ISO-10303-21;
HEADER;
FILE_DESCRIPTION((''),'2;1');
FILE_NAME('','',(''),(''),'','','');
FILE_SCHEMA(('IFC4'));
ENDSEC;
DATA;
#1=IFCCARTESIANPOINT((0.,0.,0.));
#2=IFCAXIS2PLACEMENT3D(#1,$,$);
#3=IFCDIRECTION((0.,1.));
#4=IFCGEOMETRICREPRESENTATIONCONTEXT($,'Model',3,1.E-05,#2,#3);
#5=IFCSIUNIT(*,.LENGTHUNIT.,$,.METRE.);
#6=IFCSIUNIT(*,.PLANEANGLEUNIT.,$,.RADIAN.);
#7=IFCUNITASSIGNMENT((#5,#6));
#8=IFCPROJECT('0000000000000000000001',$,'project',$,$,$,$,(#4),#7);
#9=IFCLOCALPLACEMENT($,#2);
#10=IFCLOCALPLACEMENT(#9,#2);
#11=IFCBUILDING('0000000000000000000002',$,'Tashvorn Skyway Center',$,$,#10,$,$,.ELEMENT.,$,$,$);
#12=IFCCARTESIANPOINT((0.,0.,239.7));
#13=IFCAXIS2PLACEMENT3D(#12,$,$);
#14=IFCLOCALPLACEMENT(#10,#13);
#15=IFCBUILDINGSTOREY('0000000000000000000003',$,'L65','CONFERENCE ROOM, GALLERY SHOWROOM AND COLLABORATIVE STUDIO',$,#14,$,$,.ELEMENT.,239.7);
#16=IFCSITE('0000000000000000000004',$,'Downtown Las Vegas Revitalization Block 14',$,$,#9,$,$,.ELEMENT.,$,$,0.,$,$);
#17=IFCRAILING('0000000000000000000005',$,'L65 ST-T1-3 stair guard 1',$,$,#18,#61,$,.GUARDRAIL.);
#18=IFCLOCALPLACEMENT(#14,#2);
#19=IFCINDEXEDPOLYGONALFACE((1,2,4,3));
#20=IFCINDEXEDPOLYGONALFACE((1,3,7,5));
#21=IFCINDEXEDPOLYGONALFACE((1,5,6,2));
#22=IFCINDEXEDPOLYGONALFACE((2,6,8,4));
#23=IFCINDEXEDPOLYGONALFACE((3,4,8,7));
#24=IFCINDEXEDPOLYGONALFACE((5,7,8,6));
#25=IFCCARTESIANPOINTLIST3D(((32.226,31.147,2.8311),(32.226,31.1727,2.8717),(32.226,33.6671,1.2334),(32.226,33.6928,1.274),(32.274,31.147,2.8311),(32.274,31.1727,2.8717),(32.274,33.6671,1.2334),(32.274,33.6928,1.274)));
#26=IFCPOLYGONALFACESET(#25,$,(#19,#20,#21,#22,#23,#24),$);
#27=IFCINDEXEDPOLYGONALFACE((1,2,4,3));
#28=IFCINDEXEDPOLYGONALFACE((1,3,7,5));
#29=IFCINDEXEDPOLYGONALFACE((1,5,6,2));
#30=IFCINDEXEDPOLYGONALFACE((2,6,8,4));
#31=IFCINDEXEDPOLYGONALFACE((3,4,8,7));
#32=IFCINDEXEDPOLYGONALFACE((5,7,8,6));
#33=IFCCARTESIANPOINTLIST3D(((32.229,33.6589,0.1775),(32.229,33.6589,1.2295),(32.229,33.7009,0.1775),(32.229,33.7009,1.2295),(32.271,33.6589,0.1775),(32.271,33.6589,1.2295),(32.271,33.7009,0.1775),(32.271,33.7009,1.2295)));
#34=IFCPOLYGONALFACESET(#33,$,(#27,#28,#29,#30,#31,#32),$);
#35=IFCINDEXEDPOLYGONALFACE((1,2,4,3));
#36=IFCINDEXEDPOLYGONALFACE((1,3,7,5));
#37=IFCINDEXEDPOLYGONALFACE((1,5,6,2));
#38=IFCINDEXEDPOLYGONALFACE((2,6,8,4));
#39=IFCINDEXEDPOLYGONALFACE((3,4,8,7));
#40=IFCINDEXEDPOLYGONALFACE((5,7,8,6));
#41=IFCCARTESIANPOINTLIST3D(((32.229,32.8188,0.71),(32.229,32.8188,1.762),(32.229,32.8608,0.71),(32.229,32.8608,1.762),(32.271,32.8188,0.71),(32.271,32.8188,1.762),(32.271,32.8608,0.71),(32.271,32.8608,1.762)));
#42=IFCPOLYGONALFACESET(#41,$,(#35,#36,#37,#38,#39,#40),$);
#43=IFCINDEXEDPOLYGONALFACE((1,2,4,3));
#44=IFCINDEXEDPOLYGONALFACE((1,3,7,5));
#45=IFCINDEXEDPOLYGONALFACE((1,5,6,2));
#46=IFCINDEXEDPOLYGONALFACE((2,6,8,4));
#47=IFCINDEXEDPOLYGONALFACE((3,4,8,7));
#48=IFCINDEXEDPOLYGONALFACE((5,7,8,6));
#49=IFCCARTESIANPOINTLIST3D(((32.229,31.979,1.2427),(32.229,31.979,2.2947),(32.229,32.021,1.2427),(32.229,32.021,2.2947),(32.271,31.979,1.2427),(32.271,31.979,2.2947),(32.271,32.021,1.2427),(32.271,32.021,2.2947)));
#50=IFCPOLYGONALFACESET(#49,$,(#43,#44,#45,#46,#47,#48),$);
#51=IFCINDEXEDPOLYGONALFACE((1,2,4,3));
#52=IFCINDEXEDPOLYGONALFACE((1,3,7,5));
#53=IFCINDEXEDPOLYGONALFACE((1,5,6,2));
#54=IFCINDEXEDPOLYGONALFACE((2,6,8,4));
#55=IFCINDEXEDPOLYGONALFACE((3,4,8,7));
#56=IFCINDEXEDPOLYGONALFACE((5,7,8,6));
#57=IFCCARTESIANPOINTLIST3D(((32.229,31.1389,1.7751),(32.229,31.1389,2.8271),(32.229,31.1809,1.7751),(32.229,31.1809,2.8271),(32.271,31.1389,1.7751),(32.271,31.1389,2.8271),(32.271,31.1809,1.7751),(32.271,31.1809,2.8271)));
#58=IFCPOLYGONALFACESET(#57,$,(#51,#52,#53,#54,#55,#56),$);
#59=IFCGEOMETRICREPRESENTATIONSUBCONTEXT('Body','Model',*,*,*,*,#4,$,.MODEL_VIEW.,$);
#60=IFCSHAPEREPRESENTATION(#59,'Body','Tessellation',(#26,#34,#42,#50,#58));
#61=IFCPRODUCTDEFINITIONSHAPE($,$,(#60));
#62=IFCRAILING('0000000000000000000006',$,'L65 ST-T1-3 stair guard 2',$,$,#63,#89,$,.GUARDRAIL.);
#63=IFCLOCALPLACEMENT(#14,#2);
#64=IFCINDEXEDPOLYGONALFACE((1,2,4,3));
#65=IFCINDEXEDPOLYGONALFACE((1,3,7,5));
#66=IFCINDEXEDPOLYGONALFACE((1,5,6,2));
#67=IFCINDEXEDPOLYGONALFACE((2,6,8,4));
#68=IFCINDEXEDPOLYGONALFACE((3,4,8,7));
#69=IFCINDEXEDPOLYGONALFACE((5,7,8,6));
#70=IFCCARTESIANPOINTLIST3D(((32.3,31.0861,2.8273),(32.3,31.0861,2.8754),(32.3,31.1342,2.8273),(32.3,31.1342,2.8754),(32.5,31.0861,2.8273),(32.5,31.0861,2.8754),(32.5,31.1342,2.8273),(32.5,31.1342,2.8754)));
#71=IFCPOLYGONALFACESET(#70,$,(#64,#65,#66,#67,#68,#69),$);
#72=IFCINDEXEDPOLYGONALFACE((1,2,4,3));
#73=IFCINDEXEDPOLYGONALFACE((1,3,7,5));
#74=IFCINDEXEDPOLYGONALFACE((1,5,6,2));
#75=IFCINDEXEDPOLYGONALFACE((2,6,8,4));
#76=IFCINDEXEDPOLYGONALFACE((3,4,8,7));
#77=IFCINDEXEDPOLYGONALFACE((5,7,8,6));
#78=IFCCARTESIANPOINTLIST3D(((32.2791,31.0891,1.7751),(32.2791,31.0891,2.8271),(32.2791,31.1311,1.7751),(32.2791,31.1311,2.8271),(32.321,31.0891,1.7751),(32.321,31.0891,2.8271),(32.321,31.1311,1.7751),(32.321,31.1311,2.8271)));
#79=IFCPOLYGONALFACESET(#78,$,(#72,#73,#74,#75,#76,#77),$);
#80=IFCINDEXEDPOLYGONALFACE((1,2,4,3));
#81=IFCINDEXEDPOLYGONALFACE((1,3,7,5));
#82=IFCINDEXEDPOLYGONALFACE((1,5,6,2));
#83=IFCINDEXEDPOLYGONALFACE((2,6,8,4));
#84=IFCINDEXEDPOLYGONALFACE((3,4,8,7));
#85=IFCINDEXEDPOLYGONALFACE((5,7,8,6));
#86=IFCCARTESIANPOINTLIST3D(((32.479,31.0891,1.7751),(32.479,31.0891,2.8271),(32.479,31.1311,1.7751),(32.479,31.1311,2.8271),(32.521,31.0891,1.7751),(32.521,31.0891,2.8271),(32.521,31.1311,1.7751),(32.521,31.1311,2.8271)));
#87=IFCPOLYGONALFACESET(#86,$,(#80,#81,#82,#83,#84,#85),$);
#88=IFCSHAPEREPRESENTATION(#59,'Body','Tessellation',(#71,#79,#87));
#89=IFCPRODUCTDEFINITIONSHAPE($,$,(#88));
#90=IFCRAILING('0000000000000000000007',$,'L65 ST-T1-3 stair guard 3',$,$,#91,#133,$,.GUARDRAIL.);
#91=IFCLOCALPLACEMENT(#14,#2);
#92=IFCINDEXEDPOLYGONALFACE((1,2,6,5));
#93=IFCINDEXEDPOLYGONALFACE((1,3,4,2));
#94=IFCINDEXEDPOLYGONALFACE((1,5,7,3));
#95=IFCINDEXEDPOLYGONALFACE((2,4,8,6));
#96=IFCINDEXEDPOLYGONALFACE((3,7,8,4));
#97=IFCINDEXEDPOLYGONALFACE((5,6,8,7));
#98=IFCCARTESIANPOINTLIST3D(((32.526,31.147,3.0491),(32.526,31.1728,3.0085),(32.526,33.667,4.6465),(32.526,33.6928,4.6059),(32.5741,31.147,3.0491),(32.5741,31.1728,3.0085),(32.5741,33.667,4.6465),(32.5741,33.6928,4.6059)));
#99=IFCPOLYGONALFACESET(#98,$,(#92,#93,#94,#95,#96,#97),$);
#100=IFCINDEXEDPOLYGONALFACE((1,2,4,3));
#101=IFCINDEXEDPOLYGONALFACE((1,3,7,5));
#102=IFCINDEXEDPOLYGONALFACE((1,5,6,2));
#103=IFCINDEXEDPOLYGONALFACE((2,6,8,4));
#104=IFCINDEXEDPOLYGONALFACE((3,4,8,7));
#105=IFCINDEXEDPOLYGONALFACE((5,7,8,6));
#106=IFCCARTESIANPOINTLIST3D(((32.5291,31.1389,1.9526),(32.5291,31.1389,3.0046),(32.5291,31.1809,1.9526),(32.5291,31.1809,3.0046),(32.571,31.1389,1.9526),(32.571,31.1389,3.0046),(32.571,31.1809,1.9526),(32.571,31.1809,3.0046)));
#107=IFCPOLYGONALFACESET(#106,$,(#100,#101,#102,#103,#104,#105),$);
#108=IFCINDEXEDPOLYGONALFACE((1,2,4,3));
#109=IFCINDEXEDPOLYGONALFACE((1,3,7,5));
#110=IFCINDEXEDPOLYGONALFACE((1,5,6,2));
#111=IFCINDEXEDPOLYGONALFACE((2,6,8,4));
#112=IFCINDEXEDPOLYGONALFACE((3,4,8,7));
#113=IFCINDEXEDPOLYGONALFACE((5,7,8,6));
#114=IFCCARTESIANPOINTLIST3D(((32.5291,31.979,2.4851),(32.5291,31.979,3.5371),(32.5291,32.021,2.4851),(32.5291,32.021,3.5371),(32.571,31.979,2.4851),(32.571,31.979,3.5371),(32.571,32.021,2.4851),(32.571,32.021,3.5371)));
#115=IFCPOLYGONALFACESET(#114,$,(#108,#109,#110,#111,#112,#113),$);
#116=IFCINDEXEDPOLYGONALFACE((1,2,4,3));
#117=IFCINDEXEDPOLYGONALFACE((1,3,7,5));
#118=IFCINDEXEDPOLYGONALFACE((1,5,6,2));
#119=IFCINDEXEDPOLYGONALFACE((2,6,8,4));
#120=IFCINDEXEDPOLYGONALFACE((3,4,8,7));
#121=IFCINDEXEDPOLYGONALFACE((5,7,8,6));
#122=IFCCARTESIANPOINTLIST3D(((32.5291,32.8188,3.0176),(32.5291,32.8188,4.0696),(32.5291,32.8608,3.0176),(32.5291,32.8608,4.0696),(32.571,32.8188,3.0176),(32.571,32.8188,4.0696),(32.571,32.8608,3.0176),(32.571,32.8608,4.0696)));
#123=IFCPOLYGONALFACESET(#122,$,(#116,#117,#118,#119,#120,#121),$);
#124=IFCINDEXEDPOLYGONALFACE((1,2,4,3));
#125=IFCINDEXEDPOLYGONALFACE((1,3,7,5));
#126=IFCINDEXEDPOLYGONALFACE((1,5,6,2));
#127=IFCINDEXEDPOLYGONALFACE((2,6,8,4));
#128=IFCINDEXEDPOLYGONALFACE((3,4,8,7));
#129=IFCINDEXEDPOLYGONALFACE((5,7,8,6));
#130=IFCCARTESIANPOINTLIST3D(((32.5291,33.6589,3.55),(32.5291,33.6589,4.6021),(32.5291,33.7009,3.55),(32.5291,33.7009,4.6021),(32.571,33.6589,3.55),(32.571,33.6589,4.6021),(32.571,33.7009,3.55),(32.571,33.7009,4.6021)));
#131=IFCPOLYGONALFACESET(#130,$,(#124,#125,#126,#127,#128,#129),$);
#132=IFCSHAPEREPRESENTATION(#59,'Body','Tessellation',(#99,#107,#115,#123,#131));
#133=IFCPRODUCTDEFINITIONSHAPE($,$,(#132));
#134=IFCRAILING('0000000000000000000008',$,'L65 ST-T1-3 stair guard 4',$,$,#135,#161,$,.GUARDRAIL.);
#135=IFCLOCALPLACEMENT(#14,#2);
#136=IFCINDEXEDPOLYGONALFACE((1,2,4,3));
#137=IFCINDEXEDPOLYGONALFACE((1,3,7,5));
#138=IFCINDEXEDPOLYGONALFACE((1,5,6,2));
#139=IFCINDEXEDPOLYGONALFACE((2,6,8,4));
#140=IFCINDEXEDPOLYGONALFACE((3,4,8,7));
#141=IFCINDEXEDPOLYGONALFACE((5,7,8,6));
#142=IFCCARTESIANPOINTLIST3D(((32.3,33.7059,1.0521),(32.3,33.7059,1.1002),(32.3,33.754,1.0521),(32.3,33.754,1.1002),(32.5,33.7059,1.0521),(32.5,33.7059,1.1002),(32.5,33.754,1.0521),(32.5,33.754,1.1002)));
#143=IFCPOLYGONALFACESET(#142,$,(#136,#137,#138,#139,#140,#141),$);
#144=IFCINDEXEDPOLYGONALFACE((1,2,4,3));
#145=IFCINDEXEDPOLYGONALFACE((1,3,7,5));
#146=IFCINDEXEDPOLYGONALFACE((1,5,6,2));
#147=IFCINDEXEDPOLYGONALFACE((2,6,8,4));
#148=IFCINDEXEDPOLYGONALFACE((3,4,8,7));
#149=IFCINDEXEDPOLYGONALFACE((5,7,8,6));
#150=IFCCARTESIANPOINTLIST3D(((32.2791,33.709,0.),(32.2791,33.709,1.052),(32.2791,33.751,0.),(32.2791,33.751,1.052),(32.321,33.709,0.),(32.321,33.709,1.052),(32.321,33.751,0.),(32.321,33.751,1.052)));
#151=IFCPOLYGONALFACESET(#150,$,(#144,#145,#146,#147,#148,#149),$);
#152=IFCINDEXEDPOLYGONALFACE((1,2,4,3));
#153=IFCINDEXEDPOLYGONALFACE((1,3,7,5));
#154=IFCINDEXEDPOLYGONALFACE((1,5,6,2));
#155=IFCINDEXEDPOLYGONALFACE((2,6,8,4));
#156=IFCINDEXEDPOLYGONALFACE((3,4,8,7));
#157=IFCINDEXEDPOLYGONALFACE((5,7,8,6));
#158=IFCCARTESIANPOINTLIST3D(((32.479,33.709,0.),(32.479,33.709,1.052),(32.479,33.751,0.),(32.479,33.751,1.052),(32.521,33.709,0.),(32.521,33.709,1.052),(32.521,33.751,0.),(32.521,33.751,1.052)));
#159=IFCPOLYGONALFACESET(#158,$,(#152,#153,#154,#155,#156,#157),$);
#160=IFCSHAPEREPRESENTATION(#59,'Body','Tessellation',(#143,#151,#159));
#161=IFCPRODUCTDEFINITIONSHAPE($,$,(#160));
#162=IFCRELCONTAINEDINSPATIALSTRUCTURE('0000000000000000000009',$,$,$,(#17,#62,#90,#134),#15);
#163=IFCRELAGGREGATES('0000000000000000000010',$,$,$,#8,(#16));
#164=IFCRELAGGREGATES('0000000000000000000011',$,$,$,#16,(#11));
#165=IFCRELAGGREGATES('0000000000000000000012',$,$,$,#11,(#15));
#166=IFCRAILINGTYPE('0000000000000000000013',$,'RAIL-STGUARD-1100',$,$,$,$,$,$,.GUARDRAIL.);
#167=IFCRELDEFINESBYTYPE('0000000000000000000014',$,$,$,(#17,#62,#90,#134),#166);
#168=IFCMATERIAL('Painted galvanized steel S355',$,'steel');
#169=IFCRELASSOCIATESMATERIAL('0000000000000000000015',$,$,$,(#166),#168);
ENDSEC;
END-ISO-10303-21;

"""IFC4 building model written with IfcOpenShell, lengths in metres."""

from ifc_helpers import new_model, si_unit, direction, frame, origin, origin_2d, place, context, subcontext, project, spatial, rectangle, extrude, material, type_object, element, save


model = new_model("IFC4")

# Units and contexts
model_context = context("Model", 3, precision=1e-05, world=origin(), true_north=direction((0.0, 1.0)))
body_context = subcontext(model_context, "Body", "Model", "MODEL_VIEW")
ifc_project = project(units=[si_unit("LENGTHUNIT", "METRE"), si_unit("PLANEANGLEUNIT", "RADIAN")], contexts=[model_context])

# Site, building, storey
site_placement = place(None, origin())
site = spatial("IfcSite", under=ifc_project, at=site_placement, Name="Downtown Las Vegas Revitalization Block 14", CompositionType="ELEMENT", RefElevation=0.0)
building_placement = place(site_placement, origin())
building = spatial("IfcBuilding", under=site, at=building_placement, Name="Tashvorn Skyway Center", CompositionType="ELEMENT")
storey_placement = place(building_placement, frame((0.0, 0.0, 239.7)))
storey = spatial("IfcBuildingStorey", under=building, at=storey_placement, Name="L65", Description="CONFERENCE ROOM, GALLERY SHOWROOM AND COLLABORATIVE STUDIO", CompositionType="ELEMENT", Elevation=239.7)

# Railings
ifc_material_1 = material(Name="Painted galvanized steel S355", Category="steel")
railing_type_1 = type_object("IfcRailingType", Name="RAIL-STGUARD-1100", PredefinedType="GUARDRAIL", material=ifc_material_1)
railing_1_placement = place(storey_placement, frame((32.25, 33.6799, 0.1775)))
element("IfcRailing", 1, at=railing_1_placement, inside=storey, type_object=railing_type_1, Name="L65 ST-T1-3 stair guard 1", PredefinedType="GUARDRAIL", context=body_context, shape_type="SweptSolid", body=[
    extrude(rectangle(XDim=0.0481, YDim=0.0481, at=origin_2d()), frame((0.0, 0.0, 1.0762), z_axis=(0.0, -0.84457, 0.535445), x_axis=(1.0, 0.0, 0.0)), (0.0, 0.0, 1.0), 2.9839),
    extrude(rectangle(XDim=0.042, YDim=0.042, at=origin_2d()), origin(), (0.0, 0.0, 1.0), 1.052),
    extrude(rectangle(XDim=0.042, YDim=0.042, at=origin_2d()), frame((0.0, -0.8401, 0.5325)), (0.0, 0.0, 1.0), 1.052),
    extrude(rectangle(XDim=0.042, YDim=0.042, at=origin_2d()), frame((0.0, -1.6799, 1.0652)), (0.0, 0.0, 1.0), 1.052),
    extrude(rectangle(XDim=0.042, YDim=0.042, at=origin_2d()), frame((0.0, -2.52, 1.5977)), (0.0, 0.0, 1.0), 1.052),
])
railing_2_placement = place(storey_placement, frame((32.3, 31.1101, 1.7751)))
element("IfcRailing", 2, at=railing_2_placement, inside=storey, type_object=railing_type_1, Name="L65 ST-T1-3 stair guard 2", PredefinedType="GUARDRAIL", context=body_context, shape_type="SweptSolid", body=[
    extrude(rectangle(XDim=0.0481, YDim=0.0481, at=origin_2d()), frame((0.0, 0.0, 1.0762), z_axis=(1.0, 0.0, 0.0), x_axis=(0.0, 1.0, 0.0)), (0.0, 0.0, 1.0), 0.2),
    extrude(rectangle(XDim=0.042, YDim=0.042, at=origin_2d()), origin(), (0.0, 0.0, 1.0), 1.052),
    extrude(rectangle(XDim=0.042, YDim=0.042, at=origin_2d()), frame((0.2, 0.0, 0.0)), (0.0, 0.0, 1.0), 1.052),
])
railing_3_placement = place(storey_placement, frame((32.55, 31.1599, 1.9526)))
element("IfcRailing", 3, at=railing_3_placement, inside=storey, type_object=railing_type_1, Name="L65 ST-T1-3 stair guard 3", PredefinedType="GUARDRAIL", context=body_context, shape_type="SweptSolid", body=[
    extrude(rectangle(XDim=0.0481, YDim=0.0481, at=origin_2d()), frame((0.0, 0.0, 1.0762), z_axis=(0.0, 0.844607, 0.535387), x_axis=(-1.0, 0.0, 0.0)), (0.0, 0.0, 1.0), 2.9836),
    extrude(rectangle(XDim=0.042, YDim=0.042, at=origin_2d()), origin(), (0.0, 0.0, 1.0), 1.052),
    extrude(rectangle(XDim=0.042, YDim=0.042, at=origin_2d()), frame((0.0, 0.8401, 0.5325)), (0.0, 0.0, 1.0), 1.052),
    extrude(rectangle(XDim=0.042, YDim=0.042, at=origin_2d()), frame((0.0, 1.6799, 1.0649)), (0.0, 0.0, 1.0), 1.052),
    extrude(rectangle(XDim=0.042, YDim=0.042, at=origin_2d()), frame((0.0, 2.52, 1.5974)), (0.0, 0.0, 1.0), 1.052),
])
railing_4_placement = place(storey_placement, frame((32.3, 33.73, 0.0)))
element("IfcRailing", 4, at=railing_4_placement, inside=storey, type_object=railing_type_1, Name="L65 ST-T1-3 stair guard 4", PredefinedType="GUARDRAIL", context=body_context, shape_type="SweptSolid", body=[
    extrude(rectangle(XDim=0.0481, YDim=0.0481, at=origin_2d()), frame((0.0, 0.0, 1.0762), z_axis=(1.0, 0.0, 0.0), x_axis=(0.0, 1.0, 0.0)), (0.0, 0.0, 1.0), 0.2),
    extrude(rectangle(XDim=0.042, YDim=0.042, at=origin_2d()), origin(), (0.0, 0.0, 1.0), 1.052),
    extrude(rectangle(XDim=0.042, YDim=0.042, at=origin_2d()), frame((0.2, 0.0, 0.0)), (0.0, 0.0, 1.0), 1.052),
])

save(model, "model.ifc")
